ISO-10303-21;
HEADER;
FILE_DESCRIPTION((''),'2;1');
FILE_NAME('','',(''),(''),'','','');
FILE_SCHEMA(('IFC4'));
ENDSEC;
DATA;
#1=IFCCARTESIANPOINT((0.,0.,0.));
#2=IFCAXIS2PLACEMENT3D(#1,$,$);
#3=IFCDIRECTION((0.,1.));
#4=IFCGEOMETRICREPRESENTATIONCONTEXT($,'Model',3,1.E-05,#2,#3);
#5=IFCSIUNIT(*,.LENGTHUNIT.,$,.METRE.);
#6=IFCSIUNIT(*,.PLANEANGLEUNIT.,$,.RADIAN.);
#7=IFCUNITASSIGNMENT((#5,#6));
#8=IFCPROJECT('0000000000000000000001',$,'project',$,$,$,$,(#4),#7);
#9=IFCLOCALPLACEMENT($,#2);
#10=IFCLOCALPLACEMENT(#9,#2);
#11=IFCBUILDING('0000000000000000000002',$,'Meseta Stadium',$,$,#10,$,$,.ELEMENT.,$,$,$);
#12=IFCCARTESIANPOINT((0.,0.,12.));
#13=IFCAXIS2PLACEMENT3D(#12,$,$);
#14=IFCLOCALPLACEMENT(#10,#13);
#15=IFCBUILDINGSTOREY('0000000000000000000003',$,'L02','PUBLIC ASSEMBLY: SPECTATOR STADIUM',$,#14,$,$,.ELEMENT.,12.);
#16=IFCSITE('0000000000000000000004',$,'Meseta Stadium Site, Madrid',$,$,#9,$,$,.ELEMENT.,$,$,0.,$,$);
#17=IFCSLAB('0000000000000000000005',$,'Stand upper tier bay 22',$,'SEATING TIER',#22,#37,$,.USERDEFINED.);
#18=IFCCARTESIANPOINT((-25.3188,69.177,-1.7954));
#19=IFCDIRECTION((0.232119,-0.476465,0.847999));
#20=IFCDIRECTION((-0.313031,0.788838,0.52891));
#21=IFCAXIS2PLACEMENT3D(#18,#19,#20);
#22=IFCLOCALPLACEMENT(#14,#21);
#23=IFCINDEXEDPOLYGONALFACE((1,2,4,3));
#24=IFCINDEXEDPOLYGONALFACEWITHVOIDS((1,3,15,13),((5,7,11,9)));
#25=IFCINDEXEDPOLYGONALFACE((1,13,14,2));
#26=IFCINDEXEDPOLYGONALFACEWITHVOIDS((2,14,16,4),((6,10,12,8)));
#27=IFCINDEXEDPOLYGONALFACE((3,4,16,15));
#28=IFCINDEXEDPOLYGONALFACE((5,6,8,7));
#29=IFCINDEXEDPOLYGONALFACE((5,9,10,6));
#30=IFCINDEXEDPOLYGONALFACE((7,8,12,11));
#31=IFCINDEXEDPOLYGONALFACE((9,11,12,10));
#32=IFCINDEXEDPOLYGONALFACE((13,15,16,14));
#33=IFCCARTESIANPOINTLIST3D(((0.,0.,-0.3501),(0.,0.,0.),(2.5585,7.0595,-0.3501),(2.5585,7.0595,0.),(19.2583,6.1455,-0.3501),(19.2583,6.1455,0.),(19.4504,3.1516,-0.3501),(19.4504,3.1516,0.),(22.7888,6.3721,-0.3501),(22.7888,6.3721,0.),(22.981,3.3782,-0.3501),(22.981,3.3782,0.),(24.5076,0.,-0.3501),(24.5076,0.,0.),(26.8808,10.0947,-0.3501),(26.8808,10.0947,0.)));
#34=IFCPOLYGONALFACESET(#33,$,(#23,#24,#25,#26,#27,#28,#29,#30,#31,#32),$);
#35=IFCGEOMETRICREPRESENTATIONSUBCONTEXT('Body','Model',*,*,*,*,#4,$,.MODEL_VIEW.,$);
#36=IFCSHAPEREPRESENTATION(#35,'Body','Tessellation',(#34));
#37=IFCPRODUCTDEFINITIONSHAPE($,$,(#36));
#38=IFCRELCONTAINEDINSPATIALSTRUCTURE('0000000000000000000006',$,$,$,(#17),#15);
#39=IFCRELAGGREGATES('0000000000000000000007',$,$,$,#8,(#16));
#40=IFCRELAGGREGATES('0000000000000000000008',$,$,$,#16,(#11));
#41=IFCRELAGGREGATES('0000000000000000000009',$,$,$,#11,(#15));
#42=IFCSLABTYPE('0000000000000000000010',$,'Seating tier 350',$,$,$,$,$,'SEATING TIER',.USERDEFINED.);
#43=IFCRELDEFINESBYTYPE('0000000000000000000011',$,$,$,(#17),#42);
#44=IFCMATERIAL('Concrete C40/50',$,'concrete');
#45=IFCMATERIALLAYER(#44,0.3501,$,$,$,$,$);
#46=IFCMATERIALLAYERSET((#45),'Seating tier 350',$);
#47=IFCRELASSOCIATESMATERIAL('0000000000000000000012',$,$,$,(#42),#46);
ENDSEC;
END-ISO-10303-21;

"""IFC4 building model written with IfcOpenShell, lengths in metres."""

from ifc_helpers import new_model, si_unit, direction, frame, origin, place, context, subcontext, project, spatial, polyline, outline, extrude, material, layer, layer_set, type_object, element, save


model = new_model("IFC4")

# Units and contexts
model_context = context("Model", 3, precision=1e-05, world=origin(), true_north=direction((0.0, 1.0)))
body_context = subcontext(model_context, "Body", "Model", "MODEL_VIEW")
ifc_project = project(units=[si_unit("LENGTHUNIT", "METRE"), si_unit("PLANEANGLEUNIT", "RADIAN")], contexts=[model_context])

# Site, building, storey
site_placement = place(None, origin())
site = spatial("IfcSite", under=ifc_project, at=site_placement, Name="Meseta Stadium Site, Madrid", CompositionType="ELEMENT", RefElevation=0.0)
building_placement = place(site_placement, origin())
building = spatial("IfcBuilding", under=site, at=building_placement, Name="Meseta Stadium", CompositionType="ELEMENT")
storey_placement = place(building_placement, frame((0.0, 0.0, 12.0)))
storey = spatial("IfcBuildingStorey", under=building, at=storey_placement, Name="L02", Description="PUBLIC ASSEMBLY: SPECTATOR STADIUM", CompositionType="ELEMENT", Elevation=12.0)

# Slab
ifc_material_1 = material(Name="Concrete C40/50", Category="concrete")
ifc_layer_1 = layer(ifc_material_1, 0.3501)
ifc_layer_set_1 = layer_set([ifc_layer_1], Name="Seating tier 350")
slab_type = type_object("IfcSlabType", Name="Seating tier 350", ElementType="SEATING TIER", PredefinedType="USERDEFINED", material=ifc_layer_set_1)
slab_placement = place(storey_placement, frame((-25.3188, 69.177, -1.7954), z_axis=(0.232119, -0.476465, 0.847999), x_axis=(-0.313031, 0.788838, 0.52891)))
element("IfcSlab", 1, at=slab_placement, inside=storey, type_object=slab_type, Name="Stand upper tier bay 22", ObjectType="SEATING TIER", PredefinedType="USERDEFINED", context=body_context, shape_type="SweptSolid", body=[
    extrude(outline(polyline([(0.0, 0.0), (24.5076, 0.0), (26.8808, 10.0947), (2.5585, 7.0595), (0.0, 0.0)]), holes=[polyline([(19.4504, 3.1516), (22.981, 3.3782), (22.7888, 6.3721), (19.2583, 6.1455), (19.4504, 3.1516)])]), origin(), (0.0, 0.0, -1.0), 0.3501),
])

save(model, "model.ifc")
